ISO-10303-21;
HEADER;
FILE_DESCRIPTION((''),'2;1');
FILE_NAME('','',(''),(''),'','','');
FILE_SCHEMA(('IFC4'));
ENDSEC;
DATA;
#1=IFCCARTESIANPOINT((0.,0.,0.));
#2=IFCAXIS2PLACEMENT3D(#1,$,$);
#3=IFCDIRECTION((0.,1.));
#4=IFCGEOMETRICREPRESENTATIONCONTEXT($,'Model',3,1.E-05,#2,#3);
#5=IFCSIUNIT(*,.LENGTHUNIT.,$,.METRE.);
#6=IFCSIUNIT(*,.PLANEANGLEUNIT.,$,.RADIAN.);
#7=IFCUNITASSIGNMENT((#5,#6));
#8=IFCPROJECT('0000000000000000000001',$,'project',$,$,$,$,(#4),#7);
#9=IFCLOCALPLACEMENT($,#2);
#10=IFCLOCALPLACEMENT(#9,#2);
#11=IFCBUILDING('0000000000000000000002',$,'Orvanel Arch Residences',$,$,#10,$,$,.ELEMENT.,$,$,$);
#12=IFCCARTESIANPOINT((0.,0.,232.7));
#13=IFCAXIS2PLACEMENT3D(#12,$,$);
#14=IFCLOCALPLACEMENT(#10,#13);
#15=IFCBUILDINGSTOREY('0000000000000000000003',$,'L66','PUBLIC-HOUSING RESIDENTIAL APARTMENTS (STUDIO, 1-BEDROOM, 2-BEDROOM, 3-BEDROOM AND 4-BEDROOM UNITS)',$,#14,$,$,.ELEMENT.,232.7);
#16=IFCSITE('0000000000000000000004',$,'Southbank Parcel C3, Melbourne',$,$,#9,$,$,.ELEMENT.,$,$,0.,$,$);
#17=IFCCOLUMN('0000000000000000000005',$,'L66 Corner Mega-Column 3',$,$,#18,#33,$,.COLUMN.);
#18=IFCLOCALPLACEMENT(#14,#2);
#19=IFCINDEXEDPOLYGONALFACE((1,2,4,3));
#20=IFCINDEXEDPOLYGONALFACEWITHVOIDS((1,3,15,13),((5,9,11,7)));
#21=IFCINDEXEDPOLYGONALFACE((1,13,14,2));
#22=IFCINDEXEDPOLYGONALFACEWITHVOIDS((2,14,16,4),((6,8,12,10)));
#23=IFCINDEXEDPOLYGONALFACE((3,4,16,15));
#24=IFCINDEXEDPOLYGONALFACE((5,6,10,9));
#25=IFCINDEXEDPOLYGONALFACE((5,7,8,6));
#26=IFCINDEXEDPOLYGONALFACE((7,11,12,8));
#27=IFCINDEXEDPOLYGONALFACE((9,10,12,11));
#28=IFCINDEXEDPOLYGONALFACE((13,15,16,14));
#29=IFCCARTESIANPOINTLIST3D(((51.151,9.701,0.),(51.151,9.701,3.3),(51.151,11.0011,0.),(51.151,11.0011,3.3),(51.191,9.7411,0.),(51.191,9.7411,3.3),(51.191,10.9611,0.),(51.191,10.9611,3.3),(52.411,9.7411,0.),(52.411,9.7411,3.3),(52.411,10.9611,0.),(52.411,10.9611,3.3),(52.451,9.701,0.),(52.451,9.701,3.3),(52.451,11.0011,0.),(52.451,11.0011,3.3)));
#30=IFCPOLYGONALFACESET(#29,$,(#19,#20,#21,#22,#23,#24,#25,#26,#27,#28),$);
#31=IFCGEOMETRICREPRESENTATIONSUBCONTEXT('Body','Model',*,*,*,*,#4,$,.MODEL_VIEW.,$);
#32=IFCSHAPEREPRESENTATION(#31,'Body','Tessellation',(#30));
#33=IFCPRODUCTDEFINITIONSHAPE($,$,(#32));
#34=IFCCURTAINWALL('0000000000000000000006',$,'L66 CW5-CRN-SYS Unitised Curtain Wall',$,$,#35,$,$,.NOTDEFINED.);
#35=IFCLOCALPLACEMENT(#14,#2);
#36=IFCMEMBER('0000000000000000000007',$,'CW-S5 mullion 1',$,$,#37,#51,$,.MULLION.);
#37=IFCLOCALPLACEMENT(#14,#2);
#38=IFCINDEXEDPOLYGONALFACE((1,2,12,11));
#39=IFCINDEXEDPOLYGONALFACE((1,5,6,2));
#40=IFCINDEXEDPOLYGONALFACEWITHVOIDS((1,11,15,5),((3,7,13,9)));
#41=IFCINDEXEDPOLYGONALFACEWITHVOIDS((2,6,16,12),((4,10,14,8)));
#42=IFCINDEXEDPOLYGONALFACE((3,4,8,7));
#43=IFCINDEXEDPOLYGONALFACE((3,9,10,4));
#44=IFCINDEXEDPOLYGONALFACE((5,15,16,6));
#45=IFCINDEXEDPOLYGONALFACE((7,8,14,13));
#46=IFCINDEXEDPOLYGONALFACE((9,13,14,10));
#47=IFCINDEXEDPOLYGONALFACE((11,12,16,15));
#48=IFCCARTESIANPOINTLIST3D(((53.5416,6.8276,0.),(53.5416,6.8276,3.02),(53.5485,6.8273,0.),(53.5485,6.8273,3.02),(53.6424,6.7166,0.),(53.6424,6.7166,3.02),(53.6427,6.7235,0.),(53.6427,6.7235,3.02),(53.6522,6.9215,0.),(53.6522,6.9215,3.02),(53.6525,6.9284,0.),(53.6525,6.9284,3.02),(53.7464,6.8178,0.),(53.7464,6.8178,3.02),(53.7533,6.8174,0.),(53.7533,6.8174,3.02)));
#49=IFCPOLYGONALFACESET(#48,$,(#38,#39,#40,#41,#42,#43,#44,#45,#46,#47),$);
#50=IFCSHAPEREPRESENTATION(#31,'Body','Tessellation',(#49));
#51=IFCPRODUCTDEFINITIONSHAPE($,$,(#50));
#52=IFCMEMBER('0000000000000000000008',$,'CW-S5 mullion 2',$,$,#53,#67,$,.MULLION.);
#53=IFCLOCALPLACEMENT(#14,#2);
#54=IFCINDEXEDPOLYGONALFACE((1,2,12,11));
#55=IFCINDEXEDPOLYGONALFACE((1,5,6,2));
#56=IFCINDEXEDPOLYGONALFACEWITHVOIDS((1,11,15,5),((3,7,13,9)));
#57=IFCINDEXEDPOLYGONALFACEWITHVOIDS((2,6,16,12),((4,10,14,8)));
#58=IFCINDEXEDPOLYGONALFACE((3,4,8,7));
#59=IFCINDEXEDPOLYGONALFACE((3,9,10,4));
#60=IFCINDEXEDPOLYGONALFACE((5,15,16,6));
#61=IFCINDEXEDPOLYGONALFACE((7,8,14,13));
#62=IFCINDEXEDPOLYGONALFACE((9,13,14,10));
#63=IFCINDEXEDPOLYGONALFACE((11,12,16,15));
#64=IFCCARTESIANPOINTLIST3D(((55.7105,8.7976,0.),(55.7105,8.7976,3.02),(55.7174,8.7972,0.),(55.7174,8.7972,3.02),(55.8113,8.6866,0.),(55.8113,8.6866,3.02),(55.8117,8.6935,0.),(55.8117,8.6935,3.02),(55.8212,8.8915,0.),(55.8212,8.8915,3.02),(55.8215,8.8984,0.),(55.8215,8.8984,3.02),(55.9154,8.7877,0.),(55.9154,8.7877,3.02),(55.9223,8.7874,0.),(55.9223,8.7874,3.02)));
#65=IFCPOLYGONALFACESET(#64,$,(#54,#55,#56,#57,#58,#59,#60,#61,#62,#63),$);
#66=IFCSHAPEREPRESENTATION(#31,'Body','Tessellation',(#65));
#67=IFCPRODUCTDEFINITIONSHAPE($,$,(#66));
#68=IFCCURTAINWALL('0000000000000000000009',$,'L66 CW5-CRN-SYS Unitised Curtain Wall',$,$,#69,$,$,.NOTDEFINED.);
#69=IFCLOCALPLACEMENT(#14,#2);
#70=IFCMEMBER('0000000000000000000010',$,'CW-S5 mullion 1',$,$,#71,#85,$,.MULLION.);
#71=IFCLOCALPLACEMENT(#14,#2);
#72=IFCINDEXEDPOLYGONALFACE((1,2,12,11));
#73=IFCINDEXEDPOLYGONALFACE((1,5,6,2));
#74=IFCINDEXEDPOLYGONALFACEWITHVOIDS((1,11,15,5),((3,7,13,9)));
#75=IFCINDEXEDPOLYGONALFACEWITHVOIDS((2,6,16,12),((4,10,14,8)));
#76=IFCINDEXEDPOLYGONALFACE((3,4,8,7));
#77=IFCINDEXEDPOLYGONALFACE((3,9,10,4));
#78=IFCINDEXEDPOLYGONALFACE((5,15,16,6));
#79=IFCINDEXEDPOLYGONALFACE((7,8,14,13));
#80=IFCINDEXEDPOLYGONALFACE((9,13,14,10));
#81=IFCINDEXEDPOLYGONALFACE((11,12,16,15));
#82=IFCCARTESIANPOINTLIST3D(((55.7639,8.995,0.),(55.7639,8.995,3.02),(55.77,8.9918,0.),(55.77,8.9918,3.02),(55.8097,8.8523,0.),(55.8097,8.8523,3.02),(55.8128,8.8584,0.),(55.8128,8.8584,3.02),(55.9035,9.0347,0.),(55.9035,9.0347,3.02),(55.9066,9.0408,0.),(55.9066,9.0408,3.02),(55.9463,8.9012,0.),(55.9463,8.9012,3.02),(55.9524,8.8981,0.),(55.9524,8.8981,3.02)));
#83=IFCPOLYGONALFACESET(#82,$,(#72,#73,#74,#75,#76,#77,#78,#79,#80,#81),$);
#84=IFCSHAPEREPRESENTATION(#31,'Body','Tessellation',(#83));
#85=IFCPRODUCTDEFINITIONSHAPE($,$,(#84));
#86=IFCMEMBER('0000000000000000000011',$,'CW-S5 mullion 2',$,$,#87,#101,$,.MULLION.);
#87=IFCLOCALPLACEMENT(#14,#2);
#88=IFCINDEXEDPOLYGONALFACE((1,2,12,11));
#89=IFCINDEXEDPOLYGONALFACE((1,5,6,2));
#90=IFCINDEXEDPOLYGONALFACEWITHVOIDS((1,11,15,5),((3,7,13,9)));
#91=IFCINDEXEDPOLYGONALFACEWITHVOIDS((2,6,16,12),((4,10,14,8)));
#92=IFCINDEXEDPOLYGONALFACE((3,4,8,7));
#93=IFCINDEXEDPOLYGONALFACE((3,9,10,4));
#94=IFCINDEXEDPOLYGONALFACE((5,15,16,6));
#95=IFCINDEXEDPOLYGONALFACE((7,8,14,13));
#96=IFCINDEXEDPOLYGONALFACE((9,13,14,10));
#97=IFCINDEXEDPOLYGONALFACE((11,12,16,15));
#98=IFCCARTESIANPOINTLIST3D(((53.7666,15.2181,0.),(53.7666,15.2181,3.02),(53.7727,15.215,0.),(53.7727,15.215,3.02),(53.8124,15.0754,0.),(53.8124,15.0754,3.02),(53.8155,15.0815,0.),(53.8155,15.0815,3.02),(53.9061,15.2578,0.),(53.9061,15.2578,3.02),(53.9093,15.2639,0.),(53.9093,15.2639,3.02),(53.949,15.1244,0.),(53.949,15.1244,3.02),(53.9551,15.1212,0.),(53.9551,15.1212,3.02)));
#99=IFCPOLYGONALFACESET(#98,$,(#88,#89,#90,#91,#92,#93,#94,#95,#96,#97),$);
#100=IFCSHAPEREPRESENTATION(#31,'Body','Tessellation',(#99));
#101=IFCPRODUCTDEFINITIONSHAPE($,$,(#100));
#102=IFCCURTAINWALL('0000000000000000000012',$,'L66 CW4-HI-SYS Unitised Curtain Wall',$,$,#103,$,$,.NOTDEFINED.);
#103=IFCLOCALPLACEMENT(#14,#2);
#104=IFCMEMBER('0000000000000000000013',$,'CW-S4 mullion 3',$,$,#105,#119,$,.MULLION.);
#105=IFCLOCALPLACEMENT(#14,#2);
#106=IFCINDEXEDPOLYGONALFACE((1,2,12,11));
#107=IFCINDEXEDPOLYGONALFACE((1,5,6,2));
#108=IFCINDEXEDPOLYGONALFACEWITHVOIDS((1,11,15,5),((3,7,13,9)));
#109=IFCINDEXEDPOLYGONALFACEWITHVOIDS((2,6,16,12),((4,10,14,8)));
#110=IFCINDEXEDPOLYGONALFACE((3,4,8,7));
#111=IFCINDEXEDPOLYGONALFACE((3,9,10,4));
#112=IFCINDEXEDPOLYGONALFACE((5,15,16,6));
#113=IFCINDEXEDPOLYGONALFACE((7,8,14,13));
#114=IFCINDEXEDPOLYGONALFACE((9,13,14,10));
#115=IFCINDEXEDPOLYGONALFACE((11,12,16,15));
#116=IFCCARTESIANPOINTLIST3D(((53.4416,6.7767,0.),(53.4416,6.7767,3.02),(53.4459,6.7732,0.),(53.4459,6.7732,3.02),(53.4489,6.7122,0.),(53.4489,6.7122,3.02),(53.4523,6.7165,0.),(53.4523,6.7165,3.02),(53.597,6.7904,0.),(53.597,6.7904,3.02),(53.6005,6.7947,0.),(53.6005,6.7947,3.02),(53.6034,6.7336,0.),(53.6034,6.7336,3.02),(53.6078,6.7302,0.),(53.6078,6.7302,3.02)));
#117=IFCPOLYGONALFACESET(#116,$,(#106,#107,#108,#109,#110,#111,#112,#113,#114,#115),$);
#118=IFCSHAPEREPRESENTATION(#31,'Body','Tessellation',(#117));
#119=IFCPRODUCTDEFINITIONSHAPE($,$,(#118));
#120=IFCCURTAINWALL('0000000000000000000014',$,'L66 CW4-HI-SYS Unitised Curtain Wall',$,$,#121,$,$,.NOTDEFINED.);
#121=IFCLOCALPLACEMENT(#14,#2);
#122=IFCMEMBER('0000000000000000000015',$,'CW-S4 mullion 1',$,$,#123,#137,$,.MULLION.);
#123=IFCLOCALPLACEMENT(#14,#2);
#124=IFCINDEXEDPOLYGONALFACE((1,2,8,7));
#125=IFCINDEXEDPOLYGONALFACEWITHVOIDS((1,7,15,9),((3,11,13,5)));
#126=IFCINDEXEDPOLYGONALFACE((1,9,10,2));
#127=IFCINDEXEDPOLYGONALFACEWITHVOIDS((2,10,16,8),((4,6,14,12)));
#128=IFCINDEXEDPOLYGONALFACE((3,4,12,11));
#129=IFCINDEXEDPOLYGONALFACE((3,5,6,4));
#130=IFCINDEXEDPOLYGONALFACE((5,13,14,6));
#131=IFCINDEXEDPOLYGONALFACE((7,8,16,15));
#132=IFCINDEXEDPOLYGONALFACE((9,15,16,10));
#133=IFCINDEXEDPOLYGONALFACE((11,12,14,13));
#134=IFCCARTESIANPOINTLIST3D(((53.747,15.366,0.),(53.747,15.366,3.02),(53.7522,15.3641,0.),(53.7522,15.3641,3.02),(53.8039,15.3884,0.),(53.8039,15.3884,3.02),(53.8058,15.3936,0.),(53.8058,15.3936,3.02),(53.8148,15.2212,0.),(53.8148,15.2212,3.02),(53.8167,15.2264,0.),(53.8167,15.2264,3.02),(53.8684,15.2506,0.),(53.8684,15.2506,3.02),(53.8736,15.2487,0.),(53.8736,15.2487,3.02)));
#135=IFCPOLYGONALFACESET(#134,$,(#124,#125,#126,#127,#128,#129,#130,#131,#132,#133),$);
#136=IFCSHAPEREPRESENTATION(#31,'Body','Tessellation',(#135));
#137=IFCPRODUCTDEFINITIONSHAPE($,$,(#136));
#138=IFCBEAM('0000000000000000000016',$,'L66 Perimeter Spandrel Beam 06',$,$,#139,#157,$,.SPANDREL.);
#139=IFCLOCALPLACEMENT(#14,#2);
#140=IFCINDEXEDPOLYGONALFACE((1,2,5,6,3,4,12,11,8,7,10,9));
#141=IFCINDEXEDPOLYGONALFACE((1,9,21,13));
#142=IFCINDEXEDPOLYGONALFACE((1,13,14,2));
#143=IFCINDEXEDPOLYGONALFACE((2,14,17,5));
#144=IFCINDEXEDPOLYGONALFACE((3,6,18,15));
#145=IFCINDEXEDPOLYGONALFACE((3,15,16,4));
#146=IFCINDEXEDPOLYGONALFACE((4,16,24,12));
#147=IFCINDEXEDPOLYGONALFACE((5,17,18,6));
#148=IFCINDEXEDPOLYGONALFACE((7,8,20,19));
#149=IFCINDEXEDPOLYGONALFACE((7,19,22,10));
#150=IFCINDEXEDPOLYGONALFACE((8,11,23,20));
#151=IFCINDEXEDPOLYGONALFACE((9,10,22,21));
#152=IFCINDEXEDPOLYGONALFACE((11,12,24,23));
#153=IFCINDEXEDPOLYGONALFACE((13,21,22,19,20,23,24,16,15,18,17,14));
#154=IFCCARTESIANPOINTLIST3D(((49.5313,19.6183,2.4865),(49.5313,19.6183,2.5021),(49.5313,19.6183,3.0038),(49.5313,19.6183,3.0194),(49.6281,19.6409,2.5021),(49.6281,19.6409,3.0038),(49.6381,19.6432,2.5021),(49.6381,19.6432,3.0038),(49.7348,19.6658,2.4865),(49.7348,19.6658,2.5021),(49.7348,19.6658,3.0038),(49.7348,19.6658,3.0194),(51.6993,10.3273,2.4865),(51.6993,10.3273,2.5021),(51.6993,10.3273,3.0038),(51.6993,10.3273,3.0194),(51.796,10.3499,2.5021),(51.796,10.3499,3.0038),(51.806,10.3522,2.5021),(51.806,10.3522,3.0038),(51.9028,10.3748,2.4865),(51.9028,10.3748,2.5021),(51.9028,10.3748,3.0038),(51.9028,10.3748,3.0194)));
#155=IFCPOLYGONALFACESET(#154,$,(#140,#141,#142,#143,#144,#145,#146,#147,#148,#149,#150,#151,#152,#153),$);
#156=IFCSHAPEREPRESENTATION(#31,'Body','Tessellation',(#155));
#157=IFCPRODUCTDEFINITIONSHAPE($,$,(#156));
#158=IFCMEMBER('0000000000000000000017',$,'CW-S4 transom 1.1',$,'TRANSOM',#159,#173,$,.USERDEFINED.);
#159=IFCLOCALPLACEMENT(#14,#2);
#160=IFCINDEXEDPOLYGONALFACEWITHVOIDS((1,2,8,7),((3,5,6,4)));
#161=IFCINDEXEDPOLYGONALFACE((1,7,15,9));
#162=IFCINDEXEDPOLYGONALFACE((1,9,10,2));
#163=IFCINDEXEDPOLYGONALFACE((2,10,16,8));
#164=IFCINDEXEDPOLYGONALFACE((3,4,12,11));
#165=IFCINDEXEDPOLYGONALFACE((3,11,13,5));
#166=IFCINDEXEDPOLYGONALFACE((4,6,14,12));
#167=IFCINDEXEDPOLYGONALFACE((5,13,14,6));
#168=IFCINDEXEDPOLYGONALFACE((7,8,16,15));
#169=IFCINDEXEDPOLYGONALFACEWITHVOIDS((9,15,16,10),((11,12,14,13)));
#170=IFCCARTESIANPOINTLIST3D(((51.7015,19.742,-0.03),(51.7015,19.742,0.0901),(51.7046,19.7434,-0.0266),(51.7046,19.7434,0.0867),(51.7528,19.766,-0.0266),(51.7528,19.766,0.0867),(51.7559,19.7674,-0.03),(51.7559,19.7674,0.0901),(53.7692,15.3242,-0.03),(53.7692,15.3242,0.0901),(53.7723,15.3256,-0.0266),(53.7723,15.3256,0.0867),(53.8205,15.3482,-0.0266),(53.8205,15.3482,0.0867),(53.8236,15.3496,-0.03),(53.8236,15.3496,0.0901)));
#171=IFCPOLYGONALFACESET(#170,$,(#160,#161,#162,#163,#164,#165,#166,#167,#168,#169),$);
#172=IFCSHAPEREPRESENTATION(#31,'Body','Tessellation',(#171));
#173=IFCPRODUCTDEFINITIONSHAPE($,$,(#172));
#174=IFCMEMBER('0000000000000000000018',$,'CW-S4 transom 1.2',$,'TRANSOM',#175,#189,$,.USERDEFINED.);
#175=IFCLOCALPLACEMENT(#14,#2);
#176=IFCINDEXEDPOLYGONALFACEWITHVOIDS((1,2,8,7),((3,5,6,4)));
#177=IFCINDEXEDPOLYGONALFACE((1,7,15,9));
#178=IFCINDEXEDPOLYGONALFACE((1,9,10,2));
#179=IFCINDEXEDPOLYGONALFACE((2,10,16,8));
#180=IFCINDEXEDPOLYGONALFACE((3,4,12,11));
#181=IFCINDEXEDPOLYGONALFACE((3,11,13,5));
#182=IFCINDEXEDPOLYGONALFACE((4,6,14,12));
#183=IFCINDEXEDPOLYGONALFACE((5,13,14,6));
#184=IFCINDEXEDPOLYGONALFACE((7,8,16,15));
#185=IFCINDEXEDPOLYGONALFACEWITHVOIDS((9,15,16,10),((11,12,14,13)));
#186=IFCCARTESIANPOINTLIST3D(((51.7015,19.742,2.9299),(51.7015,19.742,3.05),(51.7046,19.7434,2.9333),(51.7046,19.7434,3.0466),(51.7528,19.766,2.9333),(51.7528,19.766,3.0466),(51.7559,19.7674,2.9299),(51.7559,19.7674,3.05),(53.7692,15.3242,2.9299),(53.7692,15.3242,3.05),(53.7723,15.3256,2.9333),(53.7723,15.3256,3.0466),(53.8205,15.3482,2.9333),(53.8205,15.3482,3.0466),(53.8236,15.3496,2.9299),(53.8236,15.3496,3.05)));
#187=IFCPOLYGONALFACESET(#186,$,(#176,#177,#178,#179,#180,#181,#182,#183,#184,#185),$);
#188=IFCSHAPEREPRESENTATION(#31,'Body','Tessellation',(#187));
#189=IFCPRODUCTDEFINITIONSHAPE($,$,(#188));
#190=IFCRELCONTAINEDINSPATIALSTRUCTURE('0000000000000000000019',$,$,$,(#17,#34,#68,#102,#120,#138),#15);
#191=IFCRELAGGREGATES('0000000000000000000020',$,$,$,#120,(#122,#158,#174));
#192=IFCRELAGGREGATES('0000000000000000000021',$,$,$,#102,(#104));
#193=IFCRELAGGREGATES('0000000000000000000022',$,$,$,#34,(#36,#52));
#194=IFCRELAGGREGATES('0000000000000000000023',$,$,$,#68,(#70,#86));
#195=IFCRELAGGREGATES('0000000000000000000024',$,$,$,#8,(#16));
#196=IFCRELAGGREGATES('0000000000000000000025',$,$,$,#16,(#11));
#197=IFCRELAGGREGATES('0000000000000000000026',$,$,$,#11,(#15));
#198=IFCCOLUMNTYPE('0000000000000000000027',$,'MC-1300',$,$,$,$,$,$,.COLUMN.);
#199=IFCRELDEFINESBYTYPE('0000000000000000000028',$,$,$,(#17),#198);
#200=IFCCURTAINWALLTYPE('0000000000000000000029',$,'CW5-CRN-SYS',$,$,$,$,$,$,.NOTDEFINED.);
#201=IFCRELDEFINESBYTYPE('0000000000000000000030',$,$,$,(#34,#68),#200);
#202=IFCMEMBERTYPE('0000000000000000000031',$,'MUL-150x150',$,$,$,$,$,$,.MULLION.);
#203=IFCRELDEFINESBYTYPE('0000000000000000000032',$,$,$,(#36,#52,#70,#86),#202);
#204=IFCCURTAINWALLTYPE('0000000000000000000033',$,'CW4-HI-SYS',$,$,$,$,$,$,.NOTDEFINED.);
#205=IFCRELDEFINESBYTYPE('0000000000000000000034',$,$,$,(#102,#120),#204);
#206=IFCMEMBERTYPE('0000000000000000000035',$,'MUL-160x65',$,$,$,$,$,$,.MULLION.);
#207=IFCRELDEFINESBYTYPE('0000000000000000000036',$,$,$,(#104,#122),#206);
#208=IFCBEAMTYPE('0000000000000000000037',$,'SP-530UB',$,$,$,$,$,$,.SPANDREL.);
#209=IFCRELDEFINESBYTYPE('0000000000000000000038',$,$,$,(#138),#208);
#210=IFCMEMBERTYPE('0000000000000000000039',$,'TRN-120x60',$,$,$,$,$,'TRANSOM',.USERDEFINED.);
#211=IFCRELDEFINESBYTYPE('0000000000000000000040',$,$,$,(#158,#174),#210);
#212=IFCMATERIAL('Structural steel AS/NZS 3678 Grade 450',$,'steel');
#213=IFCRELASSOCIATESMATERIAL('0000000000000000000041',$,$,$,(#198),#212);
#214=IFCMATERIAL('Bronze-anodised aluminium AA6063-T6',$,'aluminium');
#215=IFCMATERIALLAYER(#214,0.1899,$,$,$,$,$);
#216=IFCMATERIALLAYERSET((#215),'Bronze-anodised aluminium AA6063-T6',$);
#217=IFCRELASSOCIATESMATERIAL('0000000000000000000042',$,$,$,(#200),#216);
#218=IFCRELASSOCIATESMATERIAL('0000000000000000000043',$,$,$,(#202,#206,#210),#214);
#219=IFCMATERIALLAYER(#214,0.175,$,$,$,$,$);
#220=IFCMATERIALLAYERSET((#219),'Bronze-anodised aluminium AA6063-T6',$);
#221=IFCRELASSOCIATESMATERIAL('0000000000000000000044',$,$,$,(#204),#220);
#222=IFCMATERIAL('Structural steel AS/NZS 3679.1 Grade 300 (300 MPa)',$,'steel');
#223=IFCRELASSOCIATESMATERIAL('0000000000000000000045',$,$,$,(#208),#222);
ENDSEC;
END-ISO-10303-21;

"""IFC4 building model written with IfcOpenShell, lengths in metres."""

from ifc_helpers import new_model, si_unit, direction, frame, origin, origin_2d, place, context, subcontext, project, spatial, hollow_rectangle, i_section, extrude, material, layer, layer_set, material_profile, profile_set, type_object, element, aggregate, save


model = new_model("IFC4")

# Units and contexts
model_context = context("Model", 3, precision=1e-05, world=origin(), true_north=direction((0.0, 1.0)))
body_context = subcontext(model_context, "Body", "Model", "MODEL_VIEW")
ifc_project = project(units=[si_unit("LENGTHUNIT", "METRE"), si_unit("PLANEANGLEUNIT", "RADIAN")], contexts=[model_context])

# Site, building, storey
site_placement = place(None, origin())
site = spatial("IfcSite", under=ifc_project, at=site_placement, Name="Southbank Parcel C3, Melbourne", CompositionType="ELEMENT", RefElevation=0.0)
building_placement = place(site_placement, origin())
building = spatial("IfcBuilding", under=site, at=building_placement, Name="Orvanel Arch Residences", CompositionType="ELEMENT")
storey_placement = place(building_placement, frame((0.0, 0.0, 232.7)))
storey = spatial("IfcBuildingStorey", under=building, at=storey_placement, Name="L66", Description="PUBLIC-HOUSING RESIDENTIAL APARTMENTS (STUDIO, 1-BEDROOM, 2-BEDROOM, 3-BEDROOM AND 4-BEDROOM UNITS)", CompositionType="ELEMENT", Elevation=232.7)

# Column
ifc_material_1 = material(Name="Structural steel AS/NZS 3678 Grade 450", Category="steel")
ifc_material_profile_1 = material_profile(ifc_material_1, hollow_rectangle(XDim=1.3, YDim=1.3, WallThickness=0.04, at=origin_2d()), Name="BOX1300x1300x40")
ifc_profile_set_1 = profile_set([ifc_material_profile_1], Name="Structural steel AS/NZS 3678 Grade 450")
column_type = type_object("IfcColumnType", Name="MC-1300", PredefinedType="COLUMN", material=ifc_profile_set_1)
column_placement = place(storey_placement, frame((51.801, 10.3511, 0.0), z_axis=(0.0, 0.0, 1.0), x_axis=(1.0, 0.0, 0.0)))
element("IfcColumn", 1, at=column_placement, inside=storey, type_object=column_type, Name="L66 Corner Mega-Column 3", PredefinedType="COLUMN", context=body_context, shape_type="SweptSolid", body=[
    extrude(hollow_rectangle(XDim=1.3, YDim=1.3, WallThickness=0.04, at=origin_2d()), origin(), (0.0, 0.0, 1.0), 3.3),
])

# Curtain walls, members
ifc_material_2 = material(Name="Bronze-anodised aluminium AA6063-T6", Category="aluminium")
ifc_layer_1 = layer(ifc_material_2, 0.1899)
ifc_layer_set_1 = layer_set([ifc_layer_1], Name="Bronze-anodised aluminium AA6063-T6")
curtain_wall_type_1 = type_object("IfcCurtainWallType", Name="CW5-CRN-SYS", PredefinedType="NOTDEFINED", material=ifc_layer_set_1)
curtain_wall_1_placement = place(storey_placement, origin())
curtain_wall_1 = element("IfcCurtainWall", 2, at=curtain_wall_1_placement, inside=storey, type_object=curtain_wall_type_1, Name="L66 CW5-CRN-SYS Unitised Curtain Wall", PredefinedType="NOTDEFINED")
ifc_material_profile_2 = material_profile(ifc_material_2, hollow_rectangle(XDim=0.1499, YDim=0.1499, WallThickness=0.0049, at=origin_2d()), Name="ALU150x150x5")
ifc_profile_set_2 = profile_set([ifc_material_profile_2], Name="Bronze-anodised aluminium AA6063-T6")
member_type_1 = type_object("IfcMemberType", Name="MUL-150x150", PredefinedType="MULLION", material=ifc_profile_set_2)
member_1_placement = place(storey_placement, frame((53.6475, 6.8225, 0.0), z_axis=(0.0, 0.0, 1.0), x_axis=(-0.672366, 0.740219, 0.0)))
member_1 = element("IfcMember", 3, at=member_1_placement, type_object=member_type_1, Name="CW-S5 mullion 1", PredefinedType="MULLION", context=body_context, shape_type="SweptSolid", body=[
    extrude(hollow_rectangle(XDim=0.1499, YDim=0.1499, WallThickness=0.0049, at=origin_2d()), origin(), (0.0, 0.0, 1.0), 3.02),
])
member_2_placement = place(storey_placement, frame((55.8164, 8.7925, 0.0), z_axis=(0.0, 0.0, 1.0), x_axis=(-0.672366, 0.740219, 0.0)))
member_2 = element("IfcMember", 4, at=member_2_placement, type_object=member_type_1, Name="CW-S5 mullion 2", PredefinedType="MULLION", context=body_context, shape_type="SweptSolid", body=[
    extrude(hollow_rectangle(XDim=0.1499, YDim=0.1499, WallThickness=0.0049, at=origin_2d()), origin(), (0.0, 0.0, 1.0), 3.02),
])
curtain_wall_2_placement = place(storey_placement, origin())
curtain_wall_2 = element("IfcCurtainWall", 5, at=curtain_wall_2_placement, inside=storey, type_object=curtain_wall_type_1, Name="L66 CW5-CRN-SYS Unitised Curtain Wall", PredefinedType="NOTDEFINED")
member_3_placement = place(storey_placement, frame((55.8582, 8.9465, 0.0), z_axis=(0.0, 0.0, 1.0), x_axis=(-0.952169, -0.305573, 0.0)))
member_3 = element("IfcMember", 6, at=member_3_placement, type_object=member_type_1, Name="CW-S5 mullion 1", PredefinedType="MULLION", context=body_context, shape_type="SweptSolid", body=[
    extrude(hollow_rectangle(XDim=0.1499, YDim=0.1499, WallThickness=0.0049, at=origin_2d()), origin(), (0.0, 0.0, 1.0), 3.02),
])
member_4_placement = place(storey_placement, frame((53.8608, 15.1697, 0.0), z_axis=(0.0, 0.0, 1.0), x_axis=(-0.952169, -0.305573, 0.0)))
member_4 = element("IfcMember", 7, at=member_4_placement, type_object=member_type_1, Name="CW-S5 mullion 2", PredefinedType="MULLION", context=body_context, shape_type="SweptSolid", body=[
    extrude(hollow_rectangle(XDim=0.1499, YDim=0.1499, WallThickness=0.0049, at=origin_2d()), origin(), (0.0, 0.0, 1.0), 3.02),
])

# Curtain walls, members
ifc_layer_2 = layer(ifc_material_2, 0.175)
ifc_layer_set_2 = layer_set([ifc_layer_2], Name="Bronze-anodised aluminium AA6063-T6")
curtain_wall_type_2 = type_object("IfcCurtainWallType", Name="CW4-HI-SYS", PredefinedType="NOTDEFINED", material=ifc_layer_set_2)
curtain_wall_3_placement = place(storey_placement, origin())
curtain_wall_3 = element("IfcCurtainWall", 8, at=curtain_wall_3_placement, inside=storey, type_object=curtain_wall_type_2, Name="L66 CW4-HI-SYS Unitised Curtain Wall", PredefinedType="NOTDEFINED")
ifc_material_profile_3 = material_profile(ifc_material_2, hollow_rectangle(XDim=0.0649, YDim=0.1599, WallThickness=0.0039, at=origin_2d()), Name="ALU160x65x4")
ifc_profile_set_3 = profile_set([ifc_material_profile_3], Name="Bronze-anodised aluminium AA6063-T6")
member_type_2 = type_object("IfcMemberType", Name="MUL-160x65", PredefinedType="MULLION", material=ifc_profile_set_3)
member_5_placement = place(storey_placement, frame((53.5247, 6.7534, 0.0), z_axis=(0.0, 0.0, 1.0), x_axis=(-0.112578, 0.993643, 0.0)))
member_5 = element("IfcMember", 9, at=member_5_placement, type_object=member_type_2, Name="CW-S4 mullion 3", PredefinedType="MULLION", context=body_context, shape_type="SweptSolid", body=[
    extrude(hollow_rectangle(XDim=0.0649, YDim=0.1599, WallThickness=0.0039, at=origin_2d()), origin(), (0.0, 0.0, 1.0), 3.02),
])
curtain_wall_4_placement = place(storey_placement, origin())
curtain_wall_4 = element("IfcCurtainWall", 10, at=curtain_wall_4_placement, inside=storey, type_object=curtain_wall_type_2, Name="L66 CW4-HI-SYS Unitised Curtain Wall", PredefinedType="NOTDEFINED")
member_6_placement = place(storey_placement, frame((53.8103, 15.3074, 0.0), z_axis=(0.0, 0.0, 1.0), x_axis=(-0.905705, -0.423909, 0.0)))
member_6 = element("IfcMember", 11, at=member_6_placement, type_object=member_type_2, Name="CW-S4 mullion 1", PredefinedType="MULLION", context=body_context, shape_type="SweptSolid", body=[
    extrude(hollow_rectangle(XDim=0.0649, YDim=0.1599, WallThickness=0.0039, at=origin_2d()), origin(), (0.0, 0.0, 1.0), 3.02),
])

# Beam
ifc_material_3 = material(Name="Structural steel AS/NZS 3679.1 Grade 300 (300 MPa)", Category="steel")
ifc_material_profile_4 = material_profile(ifc_material_3, i_section(OverallWidth=0.209, OverallDepth=0.533, WebThickness=0.0103, FlangeThickness=0.0156, at=origin_2d()), Name="530UB92.4")
ifc_profile_set_4 = profile_set([ifc_material_profile_4], Name="Structural steel AS/NZS 3679.1 Grade 300 (300 MPa)")
beam_type = type_object("IfcBeamType", Name="SP-530UB", PredefinedType="SPANDREL", material=ifc_profile_set_4)
beam_placement = place(storey_placement, frame((51.801, 10.3511, 2.7529), z_axis=(-0.227236, 0.97384, 0.0), x_axis=(-0.97384, -0.227236, 0.0)))
element("IfcBeam", 12, at=beam_placement, inside=storey, type_object=beam_type, Name="L66 Perimeter Spandrel Beam 06", PredefinedType="SPANDREL", context=body_context, shape_type="SweptSolid", body=[
    extrude(i_section(OverallWidth=0.209, OverallDepth=0.533, WebThickness=0.0103, FlangeThickness=0.0156, at=origin_2d()), origin(), (0.0, 0.0, 1.0), 9.5405),
])

# Members
ifc_material_profile_5 = material_profile(ifc_material_2, hollow_rectangle(XDim=0.0601, YDim=0.1201, WallThickness=0.0034, at=origin_2d()), Name="ALU120x60x3.5")
ifc_profile_set_5 = profile_set([ifc_material_profile_5], Name="Bronze-anodised aluminium AA6063-T6")
member_type_3 = type_object("IfcMemberType", Name="TRN-120x60", ElementType="TRANSOM", PredefinedType="USERDEFINED", material=ifc_profile_set_5)
member_7_placement = place(storey_placement, frame((53.7964, 15.3369, 0.03), z_axis=(-0.423899, 0.905709, 0.0), x_axis=(-0.905709, -0.423899, 0.0)))
member_7 = element("IfcMember", 13, at=member_7_placement, type_object=member_type_3, Name="CW-S4 transom 1.1", ObjectType="TRANSOM", PredefinedType="USERDEFINED", context=body_context, shape_type="SweptSolid", body=[
    extrude(hollow_rectangle(XDim=0.0601, YDim=0.1201, WallThickness=0.0034, at=origin_2d()), origin(), (0.0, 0.0, 1.0), 4.8777),
])
member_8_placement = place(storey_placement, frame((53.7964, 15.3369, 2.99), z_axis=(-0.423899, 0.905709, 0.0), x_axis=(-0.905709, -0.423899, 0.0)))
member_8 = element("IfcMember", 14, at=member_8_placement, type_object=member_type_3, Name="CW-S4 transom 1.2", ObjectType="TRANSOM", PredefinedType="USERDEFINED", context=body_context, shape_type="SweptSolid", body=[
    extrude(hollow_rectangle(XDim=0.0601, YDim=0.1201, WallThickness=0.0034, at=origin_2d()), origin(), (0.0, 0.0, 1.0), 4.8777),
])
aggregate(curtain_wall_4, [member_6, member_7, member_8])

aggregate(curtain_wall_3, [member_5])
aggregate(curtain_wall_1, [member_1, member_2])
aggregate(curtain_wall_2, [member_3, member_4])

save(model, "model.ifc")
